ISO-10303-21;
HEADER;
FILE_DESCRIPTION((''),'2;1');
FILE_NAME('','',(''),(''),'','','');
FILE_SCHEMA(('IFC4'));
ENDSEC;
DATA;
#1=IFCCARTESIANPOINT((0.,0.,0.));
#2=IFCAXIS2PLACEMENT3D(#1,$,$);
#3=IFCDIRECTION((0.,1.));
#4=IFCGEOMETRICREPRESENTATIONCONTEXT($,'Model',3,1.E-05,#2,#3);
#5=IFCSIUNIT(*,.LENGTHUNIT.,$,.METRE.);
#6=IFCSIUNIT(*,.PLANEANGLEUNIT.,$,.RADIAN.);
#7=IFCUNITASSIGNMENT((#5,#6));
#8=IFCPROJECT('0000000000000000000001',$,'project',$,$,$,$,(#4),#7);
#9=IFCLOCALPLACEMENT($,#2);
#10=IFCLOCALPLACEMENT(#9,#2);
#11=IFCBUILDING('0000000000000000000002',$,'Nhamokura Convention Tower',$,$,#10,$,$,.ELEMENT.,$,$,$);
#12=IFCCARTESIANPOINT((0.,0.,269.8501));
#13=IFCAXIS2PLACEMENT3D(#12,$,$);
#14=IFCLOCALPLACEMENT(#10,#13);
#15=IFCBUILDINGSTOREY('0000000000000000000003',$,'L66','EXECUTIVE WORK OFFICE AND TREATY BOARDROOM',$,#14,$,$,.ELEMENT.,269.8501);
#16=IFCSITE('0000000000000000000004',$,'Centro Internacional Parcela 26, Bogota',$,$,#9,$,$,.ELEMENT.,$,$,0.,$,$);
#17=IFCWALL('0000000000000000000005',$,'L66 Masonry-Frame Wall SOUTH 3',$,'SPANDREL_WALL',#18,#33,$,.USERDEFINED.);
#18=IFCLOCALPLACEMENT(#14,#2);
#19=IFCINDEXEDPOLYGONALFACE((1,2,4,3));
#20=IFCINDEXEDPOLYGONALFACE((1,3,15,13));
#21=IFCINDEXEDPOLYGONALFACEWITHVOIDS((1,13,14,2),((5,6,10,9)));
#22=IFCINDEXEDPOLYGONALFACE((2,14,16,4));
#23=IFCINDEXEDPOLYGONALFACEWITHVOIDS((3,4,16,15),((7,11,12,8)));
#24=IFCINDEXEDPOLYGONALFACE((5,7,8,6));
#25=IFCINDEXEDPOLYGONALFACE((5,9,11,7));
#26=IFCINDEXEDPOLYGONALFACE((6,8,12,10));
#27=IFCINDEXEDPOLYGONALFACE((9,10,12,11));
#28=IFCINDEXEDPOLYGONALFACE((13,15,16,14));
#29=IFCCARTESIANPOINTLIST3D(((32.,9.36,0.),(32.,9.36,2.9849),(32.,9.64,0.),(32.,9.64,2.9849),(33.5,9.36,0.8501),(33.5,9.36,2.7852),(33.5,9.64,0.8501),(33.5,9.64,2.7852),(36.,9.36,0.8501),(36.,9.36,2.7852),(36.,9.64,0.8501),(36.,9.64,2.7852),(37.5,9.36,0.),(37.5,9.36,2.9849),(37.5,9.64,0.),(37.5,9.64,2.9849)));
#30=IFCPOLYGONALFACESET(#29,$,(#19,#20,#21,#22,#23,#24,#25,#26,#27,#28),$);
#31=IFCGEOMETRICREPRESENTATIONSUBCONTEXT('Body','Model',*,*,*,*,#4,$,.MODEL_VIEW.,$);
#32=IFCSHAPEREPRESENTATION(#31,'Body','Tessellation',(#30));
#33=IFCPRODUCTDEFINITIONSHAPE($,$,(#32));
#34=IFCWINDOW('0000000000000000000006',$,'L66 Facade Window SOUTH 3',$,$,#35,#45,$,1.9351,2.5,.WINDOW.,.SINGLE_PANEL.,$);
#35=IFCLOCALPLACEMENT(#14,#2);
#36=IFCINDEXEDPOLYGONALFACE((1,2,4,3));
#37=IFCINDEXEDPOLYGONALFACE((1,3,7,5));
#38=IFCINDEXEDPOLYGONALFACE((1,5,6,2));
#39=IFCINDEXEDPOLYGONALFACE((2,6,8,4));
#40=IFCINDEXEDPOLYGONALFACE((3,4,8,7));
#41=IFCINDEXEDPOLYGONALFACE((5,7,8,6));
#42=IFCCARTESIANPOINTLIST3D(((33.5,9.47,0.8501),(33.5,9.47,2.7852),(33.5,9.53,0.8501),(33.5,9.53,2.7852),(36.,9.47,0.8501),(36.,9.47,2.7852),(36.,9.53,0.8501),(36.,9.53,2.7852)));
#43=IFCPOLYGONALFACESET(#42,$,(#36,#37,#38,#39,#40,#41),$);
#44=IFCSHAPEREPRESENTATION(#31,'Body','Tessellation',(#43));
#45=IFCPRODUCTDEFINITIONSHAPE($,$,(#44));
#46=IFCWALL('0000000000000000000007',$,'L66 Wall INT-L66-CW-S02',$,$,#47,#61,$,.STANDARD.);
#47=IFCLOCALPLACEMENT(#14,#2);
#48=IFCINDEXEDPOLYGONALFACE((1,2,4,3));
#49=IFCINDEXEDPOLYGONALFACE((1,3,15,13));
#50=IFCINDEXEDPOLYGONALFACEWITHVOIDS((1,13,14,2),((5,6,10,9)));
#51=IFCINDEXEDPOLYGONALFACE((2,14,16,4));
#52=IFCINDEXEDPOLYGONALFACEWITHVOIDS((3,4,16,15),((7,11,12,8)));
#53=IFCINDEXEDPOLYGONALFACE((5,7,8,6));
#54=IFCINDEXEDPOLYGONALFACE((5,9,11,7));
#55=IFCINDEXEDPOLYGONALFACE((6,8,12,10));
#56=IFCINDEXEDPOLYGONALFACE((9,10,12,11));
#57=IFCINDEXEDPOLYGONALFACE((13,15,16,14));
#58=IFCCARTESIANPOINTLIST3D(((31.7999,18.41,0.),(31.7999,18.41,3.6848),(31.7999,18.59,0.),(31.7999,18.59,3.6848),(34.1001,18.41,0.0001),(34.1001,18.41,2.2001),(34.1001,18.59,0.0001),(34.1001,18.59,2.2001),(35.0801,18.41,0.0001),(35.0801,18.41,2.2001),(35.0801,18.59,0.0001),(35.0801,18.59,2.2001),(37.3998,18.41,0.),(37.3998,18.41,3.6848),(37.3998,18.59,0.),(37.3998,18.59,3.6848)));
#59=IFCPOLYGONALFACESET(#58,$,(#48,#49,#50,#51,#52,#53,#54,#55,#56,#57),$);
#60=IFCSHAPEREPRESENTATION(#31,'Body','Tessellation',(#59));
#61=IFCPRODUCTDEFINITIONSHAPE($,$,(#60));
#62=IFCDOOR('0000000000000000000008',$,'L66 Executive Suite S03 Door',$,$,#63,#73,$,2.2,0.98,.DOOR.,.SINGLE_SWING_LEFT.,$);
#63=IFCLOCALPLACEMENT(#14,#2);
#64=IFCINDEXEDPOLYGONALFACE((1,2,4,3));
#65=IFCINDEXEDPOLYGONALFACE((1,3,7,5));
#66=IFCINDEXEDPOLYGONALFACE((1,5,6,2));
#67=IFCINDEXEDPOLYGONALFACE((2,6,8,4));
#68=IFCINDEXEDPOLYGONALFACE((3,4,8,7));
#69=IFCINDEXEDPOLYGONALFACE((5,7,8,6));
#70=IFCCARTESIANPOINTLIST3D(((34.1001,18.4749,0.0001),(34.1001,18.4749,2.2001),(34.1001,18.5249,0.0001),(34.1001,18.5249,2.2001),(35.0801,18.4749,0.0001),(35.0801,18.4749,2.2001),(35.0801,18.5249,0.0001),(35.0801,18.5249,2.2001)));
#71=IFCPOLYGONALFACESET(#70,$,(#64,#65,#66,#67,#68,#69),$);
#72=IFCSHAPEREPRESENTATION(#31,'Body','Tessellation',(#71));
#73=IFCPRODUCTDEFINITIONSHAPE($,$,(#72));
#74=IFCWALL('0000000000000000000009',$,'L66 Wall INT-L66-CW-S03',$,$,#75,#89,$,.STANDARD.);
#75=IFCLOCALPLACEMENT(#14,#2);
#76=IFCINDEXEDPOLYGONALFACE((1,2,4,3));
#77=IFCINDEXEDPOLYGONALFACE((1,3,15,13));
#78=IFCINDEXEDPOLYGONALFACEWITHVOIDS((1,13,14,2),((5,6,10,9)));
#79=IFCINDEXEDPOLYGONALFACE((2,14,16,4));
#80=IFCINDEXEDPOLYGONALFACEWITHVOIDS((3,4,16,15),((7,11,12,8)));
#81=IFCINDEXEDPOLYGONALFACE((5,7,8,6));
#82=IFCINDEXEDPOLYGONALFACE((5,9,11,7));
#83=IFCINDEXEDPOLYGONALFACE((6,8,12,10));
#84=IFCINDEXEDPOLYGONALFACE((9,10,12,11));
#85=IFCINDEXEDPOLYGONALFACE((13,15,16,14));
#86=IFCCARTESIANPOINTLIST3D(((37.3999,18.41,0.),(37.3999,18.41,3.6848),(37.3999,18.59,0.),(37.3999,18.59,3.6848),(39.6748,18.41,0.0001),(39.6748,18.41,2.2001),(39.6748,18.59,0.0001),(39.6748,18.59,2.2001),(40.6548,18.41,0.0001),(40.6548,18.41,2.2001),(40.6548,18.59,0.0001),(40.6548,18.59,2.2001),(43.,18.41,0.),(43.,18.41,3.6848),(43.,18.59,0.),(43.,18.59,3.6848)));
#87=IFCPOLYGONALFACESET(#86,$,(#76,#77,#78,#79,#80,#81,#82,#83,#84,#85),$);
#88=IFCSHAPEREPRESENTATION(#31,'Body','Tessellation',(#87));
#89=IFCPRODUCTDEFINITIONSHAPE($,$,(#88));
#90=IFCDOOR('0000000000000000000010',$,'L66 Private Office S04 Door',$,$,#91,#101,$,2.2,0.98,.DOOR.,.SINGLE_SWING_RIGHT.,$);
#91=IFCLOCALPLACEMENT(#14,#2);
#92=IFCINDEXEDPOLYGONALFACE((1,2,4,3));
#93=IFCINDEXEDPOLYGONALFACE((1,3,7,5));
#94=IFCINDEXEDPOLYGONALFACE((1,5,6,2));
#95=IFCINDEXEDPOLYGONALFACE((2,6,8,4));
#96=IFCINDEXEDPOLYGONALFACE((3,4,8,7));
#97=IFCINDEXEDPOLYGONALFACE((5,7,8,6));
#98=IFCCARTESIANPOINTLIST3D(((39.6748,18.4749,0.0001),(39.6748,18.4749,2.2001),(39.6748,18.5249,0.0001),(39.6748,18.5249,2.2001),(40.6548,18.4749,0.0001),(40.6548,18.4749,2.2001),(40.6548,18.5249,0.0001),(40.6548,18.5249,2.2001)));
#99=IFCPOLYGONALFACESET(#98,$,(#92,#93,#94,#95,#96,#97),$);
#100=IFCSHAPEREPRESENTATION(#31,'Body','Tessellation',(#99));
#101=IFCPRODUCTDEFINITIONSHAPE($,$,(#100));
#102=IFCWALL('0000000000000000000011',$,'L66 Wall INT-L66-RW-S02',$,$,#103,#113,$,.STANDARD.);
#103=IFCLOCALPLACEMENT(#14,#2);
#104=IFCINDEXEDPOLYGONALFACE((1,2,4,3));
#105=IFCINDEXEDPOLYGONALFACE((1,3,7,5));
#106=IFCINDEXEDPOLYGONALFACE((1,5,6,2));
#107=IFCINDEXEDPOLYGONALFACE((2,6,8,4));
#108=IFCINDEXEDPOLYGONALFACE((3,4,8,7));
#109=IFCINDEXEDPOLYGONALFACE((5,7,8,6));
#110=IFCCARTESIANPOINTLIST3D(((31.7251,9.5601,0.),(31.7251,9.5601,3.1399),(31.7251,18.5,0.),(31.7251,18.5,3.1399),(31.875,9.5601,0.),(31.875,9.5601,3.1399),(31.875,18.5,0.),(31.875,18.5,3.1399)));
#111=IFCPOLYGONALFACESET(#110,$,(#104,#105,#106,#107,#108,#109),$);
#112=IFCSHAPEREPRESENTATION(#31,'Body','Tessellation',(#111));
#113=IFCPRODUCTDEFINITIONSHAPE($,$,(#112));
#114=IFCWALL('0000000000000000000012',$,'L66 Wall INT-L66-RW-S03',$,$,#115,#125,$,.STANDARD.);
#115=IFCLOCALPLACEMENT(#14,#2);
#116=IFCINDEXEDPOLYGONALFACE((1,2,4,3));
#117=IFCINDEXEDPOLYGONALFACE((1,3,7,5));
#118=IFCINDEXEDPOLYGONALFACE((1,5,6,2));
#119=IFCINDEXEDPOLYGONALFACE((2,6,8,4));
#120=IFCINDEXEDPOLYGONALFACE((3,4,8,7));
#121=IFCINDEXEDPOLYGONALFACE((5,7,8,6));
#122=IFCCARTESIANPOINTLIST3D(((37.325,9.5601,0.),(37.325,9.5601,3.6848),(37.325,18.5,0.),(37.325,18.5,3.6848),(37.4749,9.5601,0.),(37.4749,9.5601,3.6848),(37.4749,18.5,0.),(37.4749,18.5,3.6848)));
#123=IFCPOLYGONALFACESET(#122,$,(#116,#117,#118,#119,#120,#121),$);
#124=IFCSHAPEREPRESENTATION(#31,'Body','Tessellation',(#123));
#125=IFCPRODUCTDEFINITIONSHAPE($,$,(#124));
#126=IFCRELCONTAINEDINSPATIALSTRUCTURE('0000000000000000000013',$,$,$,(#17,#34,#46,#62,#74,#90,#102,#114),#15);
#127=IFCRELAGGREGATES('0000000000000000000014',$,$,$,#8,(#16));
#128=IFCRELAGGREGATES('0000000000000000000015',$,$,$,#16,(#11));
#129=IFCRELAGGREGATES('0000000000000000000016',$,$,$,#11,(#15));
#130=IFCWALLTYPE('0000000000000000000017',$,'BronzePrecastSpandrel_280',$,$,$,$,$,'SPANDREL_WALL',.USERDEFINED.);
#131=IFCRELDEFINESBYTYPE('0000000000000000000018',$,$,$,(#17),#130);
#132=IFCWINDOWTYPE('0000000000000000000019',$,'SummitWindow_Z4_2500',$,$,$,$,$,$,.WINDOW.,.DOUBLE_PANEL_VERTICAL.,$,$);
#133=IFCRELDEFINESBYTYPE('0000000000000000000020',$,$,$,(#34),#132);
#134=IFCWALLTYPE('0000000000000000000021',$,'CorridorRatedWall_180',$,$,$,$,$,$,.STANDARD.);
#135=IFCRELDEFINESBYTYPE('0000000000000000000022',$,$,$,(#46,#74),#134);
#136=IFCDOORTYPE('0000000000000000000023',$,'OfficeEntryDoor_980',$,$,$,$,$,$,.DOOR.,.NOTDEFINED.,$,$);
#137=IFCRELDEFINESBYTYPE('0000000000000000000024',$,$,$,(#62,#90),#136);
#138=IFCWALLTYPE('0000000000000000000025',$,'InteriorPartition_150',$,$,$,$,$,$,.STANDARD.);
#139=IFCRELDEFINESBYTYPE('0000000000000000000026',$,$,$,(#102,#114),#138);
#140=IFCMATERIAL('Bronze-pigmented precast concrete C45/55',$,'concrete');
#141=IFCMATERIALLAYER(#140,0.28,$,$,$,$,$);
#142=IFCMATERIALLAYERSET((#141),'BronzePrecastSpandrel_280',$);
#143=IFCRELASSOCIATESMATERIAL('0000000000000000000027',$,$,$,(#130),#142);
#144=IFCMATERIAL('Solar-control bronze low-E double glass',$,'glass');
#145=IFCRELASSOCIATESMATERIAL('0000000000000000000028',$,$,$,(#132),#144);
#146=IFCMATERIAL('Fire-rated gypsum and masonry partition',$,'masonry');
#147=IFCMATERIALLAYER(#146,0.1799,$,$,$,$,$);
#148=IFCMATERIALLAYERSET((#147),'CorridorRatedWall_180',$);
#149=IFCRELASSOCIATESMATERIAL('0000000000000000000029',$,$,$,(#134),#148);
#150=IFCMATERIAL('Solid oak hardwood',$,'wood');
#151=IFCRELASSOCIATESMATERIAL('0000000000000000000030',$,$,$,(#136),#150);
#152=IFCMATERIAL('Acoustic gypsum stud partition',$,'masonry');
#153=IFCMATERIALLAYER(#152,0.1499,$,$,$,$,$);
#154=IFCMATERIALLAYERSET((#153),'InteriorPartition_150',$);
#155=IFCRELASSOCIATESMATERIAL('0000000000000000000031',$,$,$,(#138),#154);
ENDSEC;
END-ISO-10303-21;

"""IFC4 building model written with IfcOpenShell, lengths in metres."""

from ifc_helpers import new_model, si_unit, direction, frame, frame_2d, origin, place, context, subcontext, project, spatial, rectangle, extrude, material, layer, layer_set, type_object, element, fill, save


model = new_model("IFC4")

# Units and contexts
model_context = context("Model", 3, precision=1e-05, world=origin(), true_north=direction((0.0, 1.0)))
body_context = subcontext(model_context, "Body", "Model", "MODEL_VIEW")
ifc_project = project(units=[si_unit("LENGTHUNIT", "METRE"), si_unit("PLANEANGLEUNIT", "RADIAN")], contexts=[model_context])

# Site, building, storey
site_placement = place(None, origin())
site = spatial("IfcSite", under=ifc_project, at=site_placement, Name="Centro Internacional Parcela 26, Bogota", CompositionType="ELEMENT", RefElevation=0.0)
building_placement = place(site_placement, origin())
building = spatial("IfcBuilding", under=site, at=building_placement, Name="Nhamokura Convention Tower", CompositionType="ELEMENT")
storey_placement = place(building_placement, frame((0.0, 0.0, 269.8501)))
storey = spatial("IfcBuildingStorey", under=building, at=storey_placement, Name="L66", Description="EXECUTIVE WORK OFFICE AND TREATY BOARDROOM", CompositionType="ELEMENT", Elevation=269.8501)

# Wall, opening, window
ifc_material_1 = material(Name="Bronze-pigmented precast concrete C45/55", Category="concrete")
ifc_layer_1 = layer(ifc_material_1, 0.28)
ifc_layer_set_1 = layer_set([ifc_layer_1], Name="BronzePrecastSpandrel_280")
wall_type_1 = type_object("IfcWallType", Name="BronzePrecastSpandrel_280", ElementType="SPANDREL_WALL", PredefinedType="USERDEFINED", material=ifc_layer_set_1)
ifc_material_2 = material(Name="Solar-control bronze low-E double glass", Category="glass")
window_type = type_object("IfcWindowType", Name="SummitWindow_Z4_2500", PartitioningType="DOUBLE_PANEL_VERTICAL", PredefinedType="WINDOW", material=ifc_material_2)
wall_1_placement = place(storey_placement, frame((37.5, 9.5, 0.0), z_axis=(0.0, 0.0, 1.0), x_axis=(-1.0, 0.0, 0.0)))
wall_1 = element("IfcWall", 1, at=wall_1_placement, inside=storey, type_object=wall_type_1, Name="L66 Masonry-Frame Wall SOUTH 3", ObjectType="SPANDREL_WALL", PredefinedType="USERDEFINED", context=body_context, shape_type="SweptSolid", body=[
    extrude(rectangle(XDim=5.5, YDim=0.28, at=frame_2d((2.75, 0.0))), origin(), (0.0, 0.0, 1.0), 2.9849),
])
opening_1_placement = place(wall_1_placement, frame((1.5, 0.0, 0.8501)))
opening_1 = element("IfcOpeningElement", 2, at=opening_1_placement, cuts=wall_1, PredefinedType="OPENING", context=body_context, shape_type="SweptSolid", body=[
    extrude(rectangle(XDim=2.5, YDim=1.9351, at=frame_2d((1.25, 0.9675))), frame((0.0, 0.1499, 0.0), z_axis=(0.0, -1.0, 0.0), x_axis=(1.0, 0.0, 0.0)), (0.0, 0.0, 1.0), 0.3),
])
window_1_placement = place(opening_1_placement, origin())
window_1 = element("IfcWindow", 3, at=window_1_placement, inside=storey, type_object=window_type, Name="L66 Facade Window SOUTH 3", OverallHeight=1.9351, OverallWidth=2.5, PartitioningType="SINGLE_PANEL", PredefinedType="WINDOW", context=body_context, shape_type="SweptSolid", body=[
    extrude(rectangle(XDim=2.5, YDim=1.9351, at=frame_2d((1.25, 0.9675))), frame((0.0, 0.03, 0.0), z_axis=(0.0, -1.0, 0.0), x_axis=(1.0, 0.0, 0.0)), (0.0, 0.0, 1.0), 0.0601),
])
fill(opening_1, window_1)

# Walls, openings, doors
ifc_material_3 = material(Name="Fire-rated gypsum and masonry partition", Category="masonry")
ifc_layer_2 = layer(ifc_material_3, 0.1799)
ifc_layer_set_2 = layer_set([ifc_layer_2], Name="CorridorRatedWall_180")
wall_type_2 = type_object("IfcWallType", Name="CorridorRatedWall_180", PredefinedType="STANDARD", material=ifc_layer_set_2)
wall_2_placement = place(storey_placement, frame((31.8, 18.5, 0.0), z_axis=(0.0, 0.0, 1.0), x_axis=(1.0, 0.0, 0.0)))
wall_2 = element("IfcWall", 4, at=wall_2_placement, inside=storey, type_object=wall_type_2, Name="L66 Wall INT-L66-CW-S02", PredefinedType="STANDARD", context=body_context, shape_type="SweptSolid", body=[
    extrude(rectangle(XDim=5.5999, YDim=0.1799, at=frame_2d((2.7998, 0.0))), origin(), (0.0, 0.0, 1.0), 3.6848),
])
opening_2_placement = place(wall_2_placement, frame((2.3, 0.0, 0.0)))
opening_2 = element("IfcOpeningElement", 5, at=opening_2_placement, cuts=wall_2, PredefinedType="OPENING", context=body_context, shape_type="SweptSolid", body=[
    extrude(rectangle(XDim=0.98, YDim=2.2, at=frame_2d((0.49, 1.1001))), frame((0.0, 0.0999, 0.0), z_axis=(0.0, -1.0, 0.0), x_axis=(1.0, 0.0, 0.0)), (0.0, 0.0, 1.0), 0.2),
])
ifc_material_4 = material(Name="Solid oak hardwood", Category="wood")
door_type = type_object("IfcDoorType", Name="OfficeEntryDoor_980", OperationType="NOTDEFINED", PredefinedType="DOOR", material=ifc_material_4)
door_1_placement = place(opening_2_placement, origin())
door_1 = element("IfcDoor", 6, at=door_1_placement, inside=storey, type_object=door_type, Name="L66 Executive Suite S03 Door", OperationType="SINGLE_SWING_LEFT", OverallHeight=2.2, OverallWidth=0.98, PredefinedType="DOOR", context=body_context, shape_type="SweptSolid", body=[
    extrude(rectangle(XDim=0.98, YDim=2.2, at=frame_2d((0.49, 1.1001))), frame((0.0, 0.0249, 0.0), z_axis=(0.0, -1.0, 0.0), x_axis=(1.0, 0.0, 0.0)), (0.0, 0.0, 1.0), 0.05),
])
fill(opening_2, door_1)
wall_3_placement = place(storey_placement, frame((37.3999, 18.5, 0.0), z_axis=(0.0, 0.0, 1.0), x_axis=(1.0, 0.0, 0.0)))
wall_3 = element("IfcWall", 7, at=wall_3_placement, inside=storey, type_object=wall_type_2, Name="L66 Wall INT-L66-CW-S03", PredefinedType="STANDARD", context=body_context, shape_type="SweptSolid", body=[
    extrude(rectangle(XDim=5.6001, YDim=0.1799, at=frame_2d((2.8, 0.0))), origin(), (0.0, 0.0, 1.0), 3.6848),
])
opening_3_placement = place(wall_3_placement, frame((2.2749, 0.0, 0.0)))
opening_3 = element("IfcOpeningElement", 8, at=opening_3_placement, cuts=wall_3, PredefinedType="OPENING", context=body_context, shape_type="SweptSolid", body=[
    extrude(rectangle(XDim=0.98, YDim=2.2, at=frame_2d((0.49, 1.1001))), frame((0.0, 0.0999, 0.0), z_axis=(0.0, -1.0, 0.0), x_axis=(1.0, 0.0, 0.0)), (0.0, 0.0, 1.0), 0.2),
])
door_2_placement = place(opening_3_placement, origin())
door_2 = element("IfcDoor", 9, at=door_2_placement, inside=storey, type_object=door_type, Name="L66 Private Office S04 Door", OperationType="SINGLE_SWING_RIGHT", OverallHeight=2.2, OverallWidth=0.98, PredefinedType="DOOR", context=body_context, shape_type="SweptSolid", body=[
    extrude(rectangle(XDim=0.98, YDim=2.2, at=frame_2d((0.49, 1.1001))), frame((0.0, 0.0249, 0.0), z_axis=(0.0, -1.0, 0.0), x_axis=(1.0, 0.0, 0.0)), (0.0, 0.0, 1.0), 0.05),
])
fill(opening_3, door_2)

# Walls
ifc_material_5 = material(Name="Acoustic gypsum stud partition", Category="masonry")
ifc_layer_3 = layer(ifc_material_5, 0.1499)
ifc_layer_set_3 = layer_set([ifc_layer_3], Name="InteriorPartition_150")
wall_type_3 = type_object("IfcWallType", Name="InteriorPartition_150", PredefinedType="STANDARD", material=ifc_layer_set_3)
wall_4_placement = place(storey_placement, frame((31.8, 9.5601, 0.0), z_axis=(0.0, 0.0, 1.0), x_axis=(0.0, 1.0, 0.0)))
element("IfcWall", 10, at=wall_4_placement, inside=storey, type_object=wall_type_3, Name="L66 Wall INT-L66-RW-S02", PredefinedType="STANDARD", context=body_context, shape_type="SweptSolid", body=[
    extrude(rectangle(XDim=8.9399, YDim=0.1499, at=frame_2d((4.47, 0.0))), origin(), (0.0, 0.0, 1.0), 3.1399),
])
wall_5_placement = place(storey_placement, frame((37.3999, 9.5601, 0.0), z_axis=(0.0, 0.0, 1.0), x_axis=(0.0, 1.0, 0.0)))
element("IfcWall", 11, at=wall_5_placement, inside=storey, type_object=wall_type_3, Name="L66 Wall INT-L66-RW-S03", PredefinedType="STANDARD", context=body_context, shape_type="SweptSolid", body=[
    extrude(rectangle(XDim=8.9399, YDim=0.1499, at=frame_2d((4.47, 0.0))), origin(), (0.0, 0.0, 1.0), 3.6848),
])

save(model, "model.ifc")
